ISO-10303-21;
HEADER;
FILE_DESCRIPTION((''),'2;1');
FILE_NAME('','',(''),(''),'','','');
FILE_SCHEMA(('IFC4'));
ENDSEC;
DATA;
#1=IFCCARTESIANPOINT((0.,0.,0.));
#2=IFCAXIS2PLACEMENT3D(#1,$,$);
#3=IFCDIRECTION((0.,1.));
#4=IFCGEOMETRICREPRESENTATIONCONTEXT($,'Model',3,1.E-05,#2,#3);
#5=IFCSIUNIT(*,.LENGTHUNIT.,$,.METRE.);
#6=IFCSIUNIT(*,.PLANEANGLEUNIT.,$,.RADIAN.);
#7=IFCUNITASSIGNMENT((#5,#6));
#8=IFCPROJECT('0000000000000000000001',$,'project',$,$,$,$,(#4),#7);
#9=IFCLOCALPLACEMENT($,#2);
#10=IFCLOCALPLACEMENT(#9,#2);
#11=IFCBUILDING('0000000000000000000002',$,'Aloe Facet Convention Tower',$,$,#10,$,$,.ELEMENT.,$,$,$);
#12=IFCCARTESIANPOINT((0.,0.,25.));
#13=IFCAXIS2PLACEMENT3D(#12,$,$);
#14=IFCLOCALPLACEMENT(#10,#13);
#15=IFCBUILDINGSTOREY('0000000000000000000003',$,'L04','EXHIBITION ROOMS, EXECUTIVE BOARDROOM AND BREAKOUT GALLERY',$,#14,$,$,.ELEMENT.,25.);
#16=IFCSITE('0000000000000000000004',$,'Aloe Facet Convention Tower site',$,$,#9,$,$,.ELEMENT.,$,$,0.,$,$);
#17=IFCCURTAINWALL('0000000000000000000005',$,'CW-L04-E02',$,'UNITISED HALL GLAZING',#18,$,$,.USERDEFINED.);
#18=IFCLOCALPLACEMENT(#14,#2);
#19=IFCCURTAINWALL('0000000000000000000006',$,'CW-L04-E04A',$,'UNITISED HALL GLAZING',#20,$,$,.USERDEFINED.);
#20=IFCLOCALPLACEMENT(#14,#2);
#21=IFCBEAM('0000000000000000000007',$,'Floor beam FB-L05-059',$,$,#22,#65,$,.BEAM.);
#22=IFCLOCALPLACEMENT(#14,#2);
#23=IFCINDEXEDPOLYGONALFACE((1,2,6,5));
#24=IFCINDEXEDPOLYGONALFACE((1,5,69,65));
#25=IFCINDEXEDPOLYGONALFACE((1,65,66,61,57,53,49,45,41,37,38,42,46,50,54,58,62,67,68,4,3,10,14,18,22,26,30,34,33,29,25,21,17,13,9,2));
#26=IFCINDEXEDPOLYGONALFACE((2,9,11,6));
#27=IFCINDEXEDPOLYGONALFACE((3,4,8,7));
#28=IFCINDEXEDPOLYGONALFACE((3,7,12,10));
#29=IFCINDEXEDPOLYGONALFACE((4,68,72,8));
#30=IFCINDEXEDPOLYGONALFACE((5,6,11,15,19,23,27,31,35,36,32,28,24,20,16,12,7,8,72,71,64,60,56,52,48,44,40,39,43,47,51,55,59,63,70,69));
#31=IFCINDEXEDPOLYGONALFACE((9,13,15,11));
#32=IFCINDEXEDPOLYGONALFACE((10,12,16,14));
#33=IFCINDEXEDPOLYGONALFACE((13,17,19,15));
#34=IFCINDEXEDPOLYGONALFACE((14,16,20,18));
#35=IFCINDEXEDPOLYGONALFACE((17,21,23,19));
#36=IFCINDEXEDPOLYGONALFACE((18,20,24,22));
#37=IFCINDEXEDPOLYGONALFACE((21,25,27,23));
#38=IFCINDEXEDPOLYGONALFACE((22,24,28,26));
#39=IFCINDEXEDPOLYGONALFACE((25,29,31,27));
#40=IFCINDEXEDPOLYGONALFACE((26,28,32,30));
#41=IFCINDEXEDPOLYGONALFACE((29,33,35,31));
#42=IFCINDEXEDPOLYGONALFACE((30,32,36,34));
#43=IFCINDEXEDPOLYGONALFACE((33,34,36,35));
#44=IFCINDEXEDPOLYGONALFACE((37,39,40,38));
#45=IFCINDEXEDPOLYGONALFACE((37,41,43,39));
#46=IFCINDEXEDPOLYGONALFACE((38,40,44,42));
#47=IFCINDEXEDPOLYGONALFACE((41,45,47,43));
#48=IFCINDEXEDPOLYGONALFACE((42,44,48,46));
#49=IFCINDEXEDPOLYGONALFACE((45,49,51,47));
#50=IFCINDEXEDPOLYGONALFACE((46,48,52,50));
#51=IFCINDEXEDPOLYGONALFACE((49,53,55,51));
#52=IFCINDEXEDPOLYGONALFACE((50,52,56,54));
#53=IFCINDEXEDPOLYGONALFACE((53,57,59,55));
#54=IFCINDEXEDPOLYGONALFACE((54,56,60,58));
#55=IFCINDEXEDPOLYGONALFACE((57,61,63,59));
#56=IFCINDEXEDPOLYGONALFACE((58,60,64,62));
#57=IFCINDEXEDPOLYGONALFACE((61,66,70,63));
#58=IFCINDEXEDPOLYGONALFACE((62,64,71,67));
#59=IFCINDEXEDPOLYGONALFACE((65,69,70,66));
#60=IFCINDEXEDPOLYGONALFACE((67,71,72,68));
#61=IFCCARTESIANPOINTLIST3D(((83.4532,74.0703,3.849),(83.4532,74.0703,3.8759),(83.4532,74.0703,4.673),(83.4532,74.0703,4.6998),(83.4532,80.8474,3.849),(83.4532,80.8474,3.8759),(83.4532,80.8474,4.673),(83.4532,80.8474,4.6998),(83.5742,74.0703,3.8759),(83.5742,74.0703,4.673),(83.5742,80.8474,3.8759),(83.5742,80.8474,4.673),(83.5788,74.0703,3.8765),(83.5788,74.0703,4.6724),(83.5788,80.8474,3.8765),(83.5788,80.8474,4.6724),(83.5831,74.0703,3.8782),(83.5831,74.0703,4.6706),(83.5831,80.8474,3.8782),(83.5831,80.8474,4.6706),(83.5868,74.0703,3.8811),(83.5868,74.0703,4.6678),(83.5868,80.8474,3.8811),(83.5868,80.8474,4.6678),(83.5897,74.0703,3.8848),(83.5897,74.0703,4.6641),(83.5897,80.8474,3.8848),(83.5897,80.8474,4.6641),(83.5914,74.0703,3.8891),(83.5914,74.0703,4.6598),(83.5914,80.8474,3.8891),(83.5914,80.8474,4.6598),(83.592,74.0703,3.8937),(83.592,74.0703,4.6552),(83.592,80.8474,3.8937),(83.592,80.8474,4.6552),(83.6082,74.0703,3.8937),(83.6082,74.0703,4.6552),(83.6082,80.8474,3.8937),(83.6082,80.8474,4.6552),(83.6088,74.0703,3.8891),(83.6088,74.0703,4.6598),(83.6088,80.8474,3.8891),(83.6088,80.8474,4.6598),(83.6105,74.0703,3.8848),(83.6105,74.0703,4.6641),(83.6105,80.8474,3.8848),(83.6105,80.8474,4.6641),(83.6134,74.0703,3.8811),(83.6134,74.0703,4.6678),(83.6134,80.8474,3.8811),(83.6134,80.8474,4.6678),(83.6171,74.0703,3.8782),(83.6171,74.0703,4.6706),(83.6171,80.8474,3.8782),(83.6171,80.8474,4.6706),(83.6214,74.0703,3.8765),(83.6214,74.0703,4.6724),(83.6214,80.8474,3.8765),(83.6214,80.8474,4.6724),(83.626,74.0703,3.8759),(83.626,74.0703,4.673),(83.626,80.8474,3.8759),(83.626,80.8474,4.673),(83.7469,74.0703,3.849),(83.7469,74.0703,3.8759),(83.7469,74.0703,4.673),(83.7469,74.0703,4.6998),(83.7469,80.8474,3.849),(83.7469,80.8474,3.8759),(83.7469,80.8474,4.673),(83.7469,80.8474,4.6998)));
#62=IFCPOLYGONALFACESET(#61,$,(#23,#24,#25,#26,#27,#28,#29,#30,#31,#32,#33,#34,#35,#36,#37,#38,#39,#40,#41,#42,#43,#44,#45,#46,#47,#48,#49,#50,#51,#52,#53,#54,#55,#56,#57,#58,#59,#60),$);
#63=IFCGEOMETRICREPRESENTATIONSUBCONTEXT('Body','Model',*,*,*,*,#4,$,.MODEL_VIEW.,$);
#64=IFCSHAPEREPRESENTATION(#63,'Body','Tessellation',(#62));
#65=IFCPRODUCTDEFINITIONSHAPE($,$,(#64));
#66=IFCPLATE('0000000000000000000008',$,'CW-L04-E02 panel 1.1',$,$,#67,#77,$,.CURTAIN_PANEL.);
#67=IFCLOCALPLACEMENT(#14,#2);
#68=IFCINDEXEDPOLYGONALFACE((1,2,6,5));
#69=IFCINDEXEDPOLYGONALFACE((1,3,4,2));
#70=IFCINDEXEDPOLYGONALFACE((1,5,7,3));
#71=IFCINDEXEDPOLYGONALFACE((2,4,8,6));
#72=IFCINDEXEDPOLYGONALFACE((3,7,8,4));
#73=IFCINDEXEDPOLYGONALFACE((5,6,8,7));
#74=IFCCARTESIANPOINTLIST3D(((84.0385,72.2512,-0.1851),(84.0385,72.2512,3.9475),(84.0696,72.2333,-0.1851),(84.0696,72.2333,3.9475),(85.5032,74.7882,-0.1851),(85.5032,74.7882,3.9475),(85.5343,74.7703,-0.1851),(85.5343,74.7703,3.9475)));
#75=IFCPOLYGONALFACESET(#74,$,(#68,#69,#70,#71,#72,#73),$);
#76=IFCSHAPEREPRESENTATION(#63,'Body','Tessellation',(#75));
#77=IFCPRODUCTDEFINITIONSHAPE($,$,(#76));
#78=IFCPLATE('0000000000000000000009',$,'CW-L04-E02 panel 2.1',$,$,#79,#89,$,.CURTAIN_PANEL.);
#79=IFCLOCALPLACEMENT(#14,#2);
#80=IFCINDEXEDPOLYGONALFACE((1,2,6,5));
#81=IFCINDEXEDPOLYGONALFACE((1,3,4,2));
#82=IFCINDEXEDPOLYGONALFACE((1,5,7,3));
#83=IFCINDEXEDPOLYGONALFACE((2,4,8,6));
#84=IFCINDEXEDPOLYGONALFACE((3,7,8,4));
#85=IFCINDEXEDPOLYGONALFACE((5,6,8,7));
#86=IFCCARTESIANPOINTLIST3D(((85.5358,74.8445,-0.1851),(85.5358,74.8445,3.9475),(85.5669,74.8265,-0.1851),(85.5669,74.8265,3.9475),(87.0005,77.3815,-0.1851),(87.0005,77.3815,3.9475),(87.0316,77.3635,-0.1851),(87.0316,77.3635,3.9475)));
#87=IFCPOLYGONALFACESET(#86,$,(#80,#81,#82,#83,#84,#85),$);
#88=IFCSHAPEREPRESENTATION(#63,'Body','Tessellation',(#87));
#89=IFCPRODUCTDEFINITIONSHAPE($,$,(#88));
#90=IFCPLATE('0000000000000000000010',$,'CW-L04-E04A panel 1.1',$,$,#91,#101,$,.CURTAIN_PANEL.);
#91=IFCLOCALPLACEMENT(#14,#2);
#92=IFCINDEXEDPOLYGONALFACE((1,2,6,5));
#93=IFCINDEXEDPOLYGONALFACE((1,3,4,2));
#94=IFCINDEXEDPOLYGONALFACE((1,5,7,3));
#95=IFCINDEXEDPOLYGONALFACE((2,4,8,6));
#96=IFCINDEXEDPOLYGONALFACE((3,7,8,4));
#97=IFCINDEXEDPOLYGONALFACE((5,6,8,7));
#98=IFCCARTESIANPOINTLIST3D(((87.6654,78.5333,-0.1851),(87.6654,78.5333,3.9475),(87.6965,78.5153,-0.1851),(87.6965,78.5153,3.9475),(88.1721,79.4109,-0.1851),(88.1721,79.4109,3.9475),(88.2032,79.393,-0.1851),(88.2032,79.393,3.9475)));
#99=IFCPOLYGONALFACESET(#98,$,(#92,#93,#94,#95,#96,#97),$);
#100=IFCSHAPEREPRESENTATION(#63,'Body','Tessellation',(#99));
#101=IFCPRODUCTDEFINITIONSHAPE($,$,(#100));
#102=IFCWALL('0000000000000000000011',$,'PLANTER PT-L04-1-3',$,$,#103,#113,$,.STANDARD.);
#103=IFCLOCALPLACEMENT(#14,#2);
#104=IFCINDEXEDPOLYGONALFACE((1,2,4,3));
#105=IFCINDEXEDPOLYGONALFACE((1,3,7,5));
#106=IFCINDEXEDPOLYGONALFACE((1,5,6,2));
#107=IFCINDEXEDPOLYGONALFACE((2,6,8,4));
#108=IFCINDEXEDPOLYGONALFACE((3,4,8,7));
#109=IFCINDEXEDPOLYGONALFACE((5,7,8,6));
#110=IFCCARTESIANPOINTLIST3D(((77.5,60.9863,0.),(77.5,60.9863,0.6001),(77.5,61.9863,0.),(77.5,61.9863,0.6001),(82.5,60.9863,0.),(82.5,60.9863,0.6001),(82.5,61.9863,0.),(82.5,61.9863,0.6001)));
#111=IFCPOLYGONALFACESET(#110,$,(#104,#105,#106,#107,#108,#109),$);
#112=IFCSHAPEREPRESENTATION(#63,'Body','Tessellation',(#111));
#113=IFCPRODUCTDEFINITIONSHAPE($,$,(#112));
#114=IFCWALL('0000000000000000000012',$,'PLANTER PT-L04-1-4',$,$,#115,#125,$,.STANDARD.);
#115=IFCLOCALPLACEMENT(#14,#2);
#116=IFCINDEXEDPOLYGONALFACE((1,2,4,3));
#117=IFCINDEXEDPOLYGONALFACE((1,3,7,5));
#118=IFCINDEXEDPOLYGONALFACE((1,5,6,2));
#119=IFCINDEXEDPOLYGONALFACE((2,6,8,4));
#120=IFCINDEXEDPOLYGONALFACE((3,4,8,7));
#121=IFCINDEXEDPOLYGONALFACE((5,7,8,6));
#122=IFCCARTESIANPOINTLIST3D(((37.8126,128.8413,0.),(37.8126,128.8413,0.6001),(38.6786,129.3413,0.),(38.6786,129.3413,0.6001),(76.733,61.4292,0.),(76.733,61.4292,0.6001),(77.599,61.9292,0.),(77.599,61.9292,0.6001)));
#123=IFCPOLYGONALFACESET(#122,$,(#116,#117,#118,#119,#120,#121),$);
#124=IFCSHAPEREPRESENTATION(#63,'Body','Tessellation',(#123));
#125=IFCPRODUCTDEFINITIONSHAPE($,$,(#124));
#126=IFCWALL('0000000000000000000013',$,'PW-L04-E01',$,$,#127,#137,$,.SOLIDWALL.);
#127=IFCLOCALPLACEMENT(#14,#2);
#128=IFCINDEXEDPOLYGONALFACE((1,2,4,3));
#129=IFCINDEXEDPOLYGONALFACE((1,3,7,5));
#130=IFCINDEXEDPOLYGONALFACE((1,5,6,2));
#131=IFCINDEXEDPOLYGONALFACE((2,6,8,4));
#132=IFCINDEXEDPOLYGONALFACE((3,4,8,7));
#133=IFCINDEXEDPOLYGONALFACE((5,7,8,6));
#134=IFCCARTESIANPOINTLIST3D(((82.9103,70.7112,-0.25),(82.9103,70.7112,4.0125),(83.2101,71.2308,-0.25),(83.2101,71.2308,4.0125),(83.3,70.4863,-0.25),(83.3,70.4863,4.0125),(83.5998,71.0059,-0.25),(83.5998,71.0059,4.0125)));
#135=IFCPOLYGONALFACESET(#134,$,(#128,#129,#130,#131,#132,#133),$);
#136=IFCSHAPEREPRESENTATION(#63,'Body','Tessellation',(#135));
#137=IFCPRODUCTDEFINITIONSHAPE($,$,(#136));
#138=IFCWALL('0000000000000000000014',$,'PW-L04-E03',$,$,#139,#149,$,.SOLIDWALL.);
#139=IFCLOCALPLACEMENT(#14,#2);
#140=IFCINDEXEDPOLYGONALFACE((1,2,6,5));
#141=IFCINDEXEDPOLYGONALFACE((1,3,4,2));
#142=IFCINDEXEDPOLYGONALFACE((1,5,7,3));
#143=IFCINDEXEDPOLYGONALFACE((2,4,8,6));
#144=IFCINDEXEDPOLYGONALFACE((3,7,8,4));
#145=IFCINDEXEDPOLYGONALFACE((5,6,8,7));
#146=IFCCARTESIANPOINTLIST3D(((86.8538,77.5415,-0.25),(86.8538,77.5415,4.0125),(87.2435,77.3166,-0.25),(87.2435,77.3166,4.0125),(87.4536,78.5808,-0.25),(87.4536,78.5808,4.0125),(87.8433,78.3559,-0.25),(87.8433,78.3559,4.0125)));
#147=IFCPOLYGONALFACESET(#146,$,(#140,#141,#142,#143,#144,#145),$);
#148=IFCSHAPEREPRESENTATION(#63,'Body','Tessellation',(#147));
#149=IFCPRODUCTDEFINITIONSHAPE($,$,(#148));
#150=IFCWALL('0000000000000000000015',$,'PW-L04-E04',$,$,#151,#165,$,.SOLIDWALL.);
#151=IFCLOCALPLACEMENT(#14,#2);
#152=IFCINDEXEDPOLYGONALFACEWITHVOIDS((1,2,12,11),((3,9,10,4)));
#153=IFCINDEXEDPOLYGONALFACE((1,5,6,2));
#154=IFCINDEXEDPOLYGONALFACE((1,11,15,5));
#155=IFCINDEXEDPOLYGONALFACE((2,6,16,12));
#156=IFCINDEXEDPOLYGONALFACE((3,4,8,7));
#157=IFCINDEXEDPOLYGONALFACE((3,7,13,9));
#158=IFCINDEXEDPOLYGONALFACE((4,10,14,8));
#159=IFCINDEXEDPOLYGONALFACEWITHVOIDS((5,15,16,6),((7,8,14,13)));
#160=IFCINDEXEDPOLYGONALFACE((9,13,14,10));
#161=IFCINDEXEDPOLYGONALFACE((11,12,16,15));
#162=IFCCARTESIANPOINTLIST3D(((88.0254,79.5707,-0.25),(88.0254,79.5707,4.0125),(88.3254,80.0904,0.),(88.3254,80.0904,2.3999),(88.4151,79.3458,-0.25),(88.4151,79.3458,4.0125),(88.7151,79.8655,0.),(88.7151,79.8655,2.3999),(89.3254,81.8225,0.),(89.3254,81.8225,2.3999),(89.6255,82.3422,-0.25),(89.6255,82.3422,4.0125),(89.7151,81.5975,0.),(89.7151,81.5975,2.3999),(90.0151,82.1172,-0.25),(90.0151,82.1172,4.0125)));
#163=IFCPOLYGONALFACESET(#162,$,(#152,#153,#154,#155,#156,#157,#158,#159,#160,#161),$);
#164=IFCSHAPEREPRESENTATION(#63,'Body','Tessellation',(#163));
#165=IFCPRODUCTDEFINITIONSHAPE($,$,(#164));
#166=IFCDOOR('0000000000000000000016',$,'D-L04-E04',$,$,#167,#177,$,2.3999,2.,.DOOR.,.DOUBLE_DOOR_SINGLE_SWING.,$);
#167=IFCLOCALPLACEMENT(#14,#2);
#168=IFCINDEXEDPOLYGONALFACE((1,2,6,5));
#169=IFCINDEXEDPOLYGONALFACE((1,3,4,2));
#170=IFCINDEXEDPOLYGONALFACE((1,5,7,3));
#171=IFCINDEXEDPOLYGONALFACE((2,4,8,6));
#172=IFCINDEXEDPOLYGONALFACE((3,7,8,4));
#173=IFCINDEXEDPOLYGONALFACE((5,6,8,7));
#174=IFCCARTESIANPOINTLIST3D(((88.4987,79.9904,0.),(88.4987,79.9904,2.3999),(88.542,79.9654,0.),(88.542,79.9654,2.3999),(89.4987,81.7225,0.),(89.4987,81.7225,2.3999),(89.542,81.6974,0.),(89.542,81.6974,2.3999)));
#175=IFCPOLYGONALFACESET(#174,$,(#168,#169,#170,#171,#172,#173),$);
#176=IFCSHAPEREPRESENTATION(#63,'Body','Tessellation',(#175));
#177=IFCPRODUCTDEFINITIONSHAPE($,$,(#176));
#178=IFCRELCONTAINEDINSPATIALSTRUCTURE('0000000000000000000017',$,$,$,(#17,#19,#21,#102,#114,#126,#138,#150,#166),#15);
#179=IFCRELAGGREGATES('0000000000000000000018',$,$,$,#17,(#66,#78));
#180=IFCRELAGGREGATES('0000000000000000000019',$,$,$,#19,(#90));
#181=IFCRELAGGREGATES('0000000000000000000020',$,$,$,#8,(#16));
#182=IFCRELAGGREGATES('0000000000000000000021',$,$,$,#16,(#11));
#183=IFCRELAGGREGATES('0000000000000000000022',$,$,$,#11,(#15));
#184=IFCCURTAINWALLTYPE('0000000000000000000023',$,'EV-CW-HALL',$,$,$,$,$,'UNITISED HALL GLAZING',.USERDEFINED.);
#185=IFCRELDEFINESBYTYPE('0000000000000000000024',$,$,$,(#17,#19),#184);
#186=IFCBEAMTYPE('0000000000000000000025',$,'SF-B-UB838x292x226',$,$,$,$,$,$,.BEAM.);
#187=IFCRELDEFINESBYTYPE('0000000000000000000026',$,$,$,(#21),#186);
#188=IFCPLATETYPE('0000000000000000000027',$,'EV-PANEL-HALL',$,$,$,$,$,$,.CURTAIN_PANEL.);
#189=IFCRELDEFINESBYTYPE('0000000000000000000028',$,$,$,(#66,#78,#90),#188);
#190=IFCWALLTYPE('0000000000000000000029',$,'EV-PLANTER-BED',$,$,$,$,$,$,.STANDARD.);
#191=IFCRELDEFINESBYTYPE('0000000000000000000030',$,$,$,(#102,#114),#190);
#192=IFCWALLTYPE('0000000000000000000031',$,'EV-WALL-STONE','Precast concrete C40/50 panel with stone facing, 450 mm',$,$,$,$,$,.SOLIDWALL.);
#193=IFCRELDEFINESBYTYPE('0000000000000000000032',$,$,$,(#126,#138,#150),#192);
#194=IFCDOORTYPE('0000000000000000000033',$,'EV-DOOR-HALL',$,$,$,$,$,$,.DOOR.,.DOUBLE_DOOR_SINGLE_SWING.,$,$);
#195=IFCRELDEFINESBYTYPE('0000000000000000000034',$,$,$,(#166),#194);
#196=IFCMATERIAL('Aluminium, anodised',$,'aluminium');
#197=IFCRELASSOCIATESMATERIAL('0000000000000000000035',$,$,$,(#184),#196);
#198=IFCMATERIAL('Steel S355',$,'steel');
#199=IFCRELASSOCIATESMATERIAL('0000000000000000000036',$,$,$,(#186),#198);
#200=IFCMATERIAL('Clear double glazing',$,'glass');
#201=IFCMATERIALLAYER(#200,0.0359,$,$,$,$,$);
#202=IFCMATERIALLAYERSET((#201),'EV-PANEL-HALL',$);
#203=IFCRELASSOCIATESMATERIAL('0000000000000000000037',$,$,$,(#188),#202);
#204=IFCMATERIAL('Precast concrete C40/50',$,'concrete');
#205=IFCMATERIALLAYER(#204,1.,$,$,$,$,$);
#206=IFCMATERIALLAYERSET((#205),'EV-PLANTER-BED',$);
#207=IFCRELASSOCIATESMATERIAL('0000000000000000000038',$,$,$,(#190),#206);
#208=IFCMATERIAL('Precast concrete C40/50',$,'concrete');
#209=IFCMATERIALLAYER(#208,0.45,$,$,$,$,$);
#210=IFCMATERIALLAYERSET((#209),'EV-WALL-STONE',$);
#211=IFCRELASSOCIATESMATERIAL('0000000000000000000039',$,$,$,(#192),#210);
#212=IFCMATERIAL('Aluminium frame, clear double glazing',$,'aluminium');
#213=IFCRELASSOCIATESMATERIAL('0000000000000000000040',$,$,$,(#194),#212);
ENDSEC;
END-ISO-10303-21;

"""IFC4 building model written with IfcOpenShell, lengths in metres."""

from ifc_helpers import new_model, si_unit, direction, frame, frame_2d, origin, origin_2d, place, context, subcontext, project, spatial, rectangle, i_section, extrude, material, layer, layer_set, material_profile, profile_set, type_object, element, fill, aggregate, save


model = new_model("IFC4")

# Units and contexts
model_context = context("Model", 3, precision=1e-05, world=origin(), true_north=direction((0.0, 1.0)))
body_context = subcontext(model_context, "Body", "Model", "MODEL_VIEW")
ifc_project = project(units=[si_unit("LENGTHUNIT", "METRE"), si_unit("PLANEANGLEUNIT", "RADIAN")], contexts=[model_context])

# Site, building, storey
site_placement = place(None, origin())
site = spatial("IfcSite", under=ifc_project, at=site_placement, Name="Aloe Facet Convention Tower site", CompositionType="ELEMENT", RefElevation=0.0)
building_placement = place(site_placement, origin())
building = spatial("IfcBuilding", under=site, at=building_placement, Name="Aloe Facet Convention Tower", CompositionType="ELEMENT")
storey_placement = place(building_placement, frame((0.0, 0.0, 25.0)))
storey = spatial("IfcBuildingStorey", under=building, at=storey_placement, Name="L04", Description="EXHIBITION ROOMS, EXECUTIVE BOARDROOM AND BREAKOUT GALLERY", CompositionType="ELEMENT", Elevation=25.0)

# Curtain walls
ifc_material_1 = material(Name="Aluminium, anodised", Category="aluminium")
curtain_wall_type = type_object("IfcCurtainWallType", Name="EV-CW-HALL", ElementType="UNITISED HALL GLAZING", PredefinedType="USERDEFINED", material=ifc_material_1)
curtain_wall_1_placement = place(storey_placement, origin())
curtain_wall_1 = element("IfcCurtainWall", 1, at=curtain_wall_1_placement, inside=storey, type_object=curtain_wall_type, Name="CW-L04-E02", ObjectType="UNITISED HALL GLAZING", PredefinedType="USERDEFINED")
curtain_wall_2_placement = place(storey_placement, origin())
curtain_wall_2 = element("IfcCurtainWall", 2, at=curtain_wall_2_placement, inside=storey, type_object=curtain_wall_type, Name="CW-L04-E04A", ObjectType="UNITISED HALL GLAZING", PredefinedType="USERDEFINED")

# Beam
ifc_material_2 = material(Name="Steel S355", Category="steel")
ifc_material_profile_1 = material_profile(ifc_material_2, i_section(OverallWidth=0.2937, OverallDepth=0.8508, WebThickness=0.0161, FlangeThickness=0.0269, FilletRadius=0.0178, at=origin_2d()), Name="UB 838x292x226")
ifc_profile_set_1 = profile_set([ifc_material_profile_1], Name="Steel S355")
beam_type_1 = type_object("IfcBeamType", Name="SF-B-UB838x292x226", PredefinedType="BEAM", material=ifc_profile_set_1)
beam_1_placement = place(storey_placement, frame((83.6001, 74.0703, 4.2744), z_axis=(0.0, 1.0, 0.0), x_axis=(-1.0, 0.0, 0.0)))
element("IfcBeam", 3, at=beam_1_placement, inside=storey, type_object=beam_type_1, Name="Floor beam FB-L05-059", PredefinedType="BEAM", context=body_context, shape_type="SweptSolid", body=[
    extrude(i_section(OverallWidth=0.2937, OverallDepth=0.8508, WebThickness=0.0161, FlangeThickness=0.0269, FilletRadius=0.0178, at=origin_2d()), origin(), (0.0, 0.0, 1.0), 6.7771),
])

# Plates
ifc_material_3 = material(Name="Clear double glazing", Category="glass")
ifc_layer_1 = layer(ifc_material_3, 0.0359)
ifc_layer_set_1 = layer_set([ifc_layer_1], Name="EV-PANEL-HALL")
plate_type = type_object("IfcPlateType", Name="EV-PANEL-HALL", PredefinedType="CURTAIN_PANEL", material=ifc_layer_set_1)
plate_1_placement = place(storey_placement, frame((84.7864, 73.5107, -0.1851), z_axis=(0.0, 0.0, 1.0), x_axis=(0.5, 0.866025, 0.0)))
plate_1 = element("IfcPlate", 4, at=plate_1_placement, type_object=plate_type, Name="CW-L04-E02 panel 1.1", PredefinedType="CURTAIN_PANEL", context=body_context, shape_type="SweptSolid", body=[
    extrude(rectangle(XDim=2.9294, YDim=0.0359, at=origin_2d()), origin(), (0.0, 0.0, 1.0), 4.1326),
])
plate_2_placement = place(storey_placement, frame((86.2837, 76.104, -0.1851), z_axis=(0.0, 0.0, 1.0), x_axis=(0.5, 0.866025, 0.0)))
plate_2 = element("IfcPlate", 5, at=plate_2_placement, type_object=plate_type, Name="CW-L04-E02 panel 2.1", PredefinedType="CURTAIN_PANEL", context=body_context, shape_type="SweptSolid", body=[
    extrude(rectangle(XDim=2.9294, YDim=0.0359, at=origin_2d()), origin(), (0.0, 0.0, 1.0), 4.1326),
])
aggregate(curtain_wall_1, [plate_1, plate_2])
plate_3_placement = place(storey_placement, frame((87.9343, 78.9631, -0.1851), z_axis=(0.0, 0.0, 1.0), x_axis=(0.5, 0.866025, 0.0)))
plate_3 = element("IfcPlate", 6, at=plate_3_placement, type_object=plate_type, Name="CW-L04-E04A panel 1.1", PredefinedType="CURTAIN_PANEL", context=body_context, shape_type="SweptSolid", body=[
    extrude(rectangle(XDim=1.0134, YDim=0.0359, at=origin_2d()), origin(), (0.0, 0.0, 1.0), 4.1326),
])
aggregate(curtain_wall_2, [plate_3])

# Walls
ifc_material_4 = material(Name="Precast concrete C40/50", Category="concrete")
ifc_layer_2 = layer(ifc_material_4, 1.0)
ifc_layer_set_2 = layer_set([ifc_layer_2], Name="EV-PLANTER-BED")
wall_type_1 = type_object("IfcWallType", Name="EV-PLANTER-BED", PredefinedType="STANDARD", material=ifc_layer_set_2)
wall_1_placement = place(storey_placement, frame((82.5, 61.4863, 0.0), z_axis=(0.0, 0.0, 1.0), x_axis=(-1.0, 0.0, 0.0)))
element("IfcWall", 7, at=wall_1_placement, inside=storey, type_object=wall_type_1, Name="PLANTER PT-L04-1-3", PredefinedType="STANDARD", context=body_context, shape_type="SweptSolid", body=[
    extrude(rectangle(XDim=5.0, YDim=1.0, at=frame_2d((2.5, 0.0))), origin(), (0.0, 0.0, 1.0), 0.6001),
])
wall_2_placement = place(storey_placement, frame((77.166, 61.6792, 0.0), z_axis=(0.0, 0.0, 1.0), x_axis=(-0.5, 0.866025, 0.0)))
element("IfcWall", 8, at=wall_2_placement, inside=storey, type_object=wall_type_1, Name="PLANTER PT-L04-1-4", PredefinedType="STANDARD", context=body_context, shape_type="SweptSolid", body=[
    extrude(rectangle(XDim=77.8408, YDim=1.0, at=frame_2d((38.9204, 0.0))), origin(), (0.0, 0.0, 1.0), 0.6001),
])
ifc_material_5 = material(Name="Precast concrete C40/50", Category="concrete")
ifc_layer_3 = layer(ifc_material_5, 0.45)
ifc_layer_set_3 = layer_set([ifc_layer_3], Name="EV-WALL-STONE")
wall_type_2 = type_object("IfcWallType", Name="EV-WALL-STONE", Description="Precast concrete C40/50 panel with stone facing, 450 mm", PredefinedType="SOLIDWALL", material=ifc_layer_set_3)
wall_3_placement = place(storey_placement, frame((83.1052, 70.5989, -0.25), z_axis=(0.0, 0.0, 1.0), x_axis=(0.499816, 0.866131, 0.0)))
element("IfcWall", 9, at=wall_3_placement, inside=storey, type_object=wall_type_2, Name="PW-L04-E01", PredefinedType="SOLIDWALL", context=body_context, shape_type="SweptSolid", body=[
    extrude(rectangle(XDim=0.5999, YDim=0.45, at=frame_2d((0.2998, 0.0))), origin(), (0.0, 0.0, 1.0), 4.2625),
])
wall_4_placement = place(storey_placement, frame((87.0486, 77.429, -0.25), z_axis=(0.0, 0.0, 1.0), x_axis=(0.499881, 0.866094, 0.0)))
element("IfcWall", 10, at=wall_4_placement, inside=storey, type_object=wall_type_2, Name="PW-L04-E03", PredefinedType="SOLIDWALL", context=body_context, shape_type="SweptSolid", body=[
    extrude(rectangle(XDim=1.2, YDim=0.45, at=frame_2d((0.6001, 0.0))), origin(), (0.0, 0.0, 1.0), 4.2625),
])

# Wall, opening, door
wall_5_placement = place(storey_placement, frame((88.2202, 79.4583, -0.25), z_axis=(0.0, 0.0, 1.0), x_axis=(0.499995, 0.866028, 0.0)))
wall_5 = element("IfcWall", 11, at=wall_5_placement, inside=storey, type_object=wall_type_2, Name="PW-L04-E04", PredefinedType="SOLIDWALL", context=body_context, shape_type="SweptSolid", body=[
    extrude(rectangle(XDim=3.2002, YDim=0.45, at=frame_2d((1.6001, 0.0))), origin(), (0.0, 0.0, 1.0), 4.2625),
])
opening_1_placement = place(wall_5_placement, frame((0.6001, 0.0, 0.25)))
opening_1 = element("IfcOpeningElement", 12, at=opening_1_placement, cuts=wall_5, PredefinedType="OPENING", context=body_context, shape_type="SweptSolid", body=[
    extrude(rectangle(XDim=2.0, YDim=2.3999, at=frame_2d((1.0, 1.2))), frame((0.0, 0.2349, 0.0), z_axis=(0.0, -1.0, 0.0), x_axis=(1.0, 0.0, 0.0)), (0.0, 0.0, 1.0), 0.47),
])
ifc_material_6 = material(Name="Aluminium frame, clear double glazing", Category="aluminium")
door_type_1 = type_object("IfcDoorType", Name="EV-DOOR-HALL", OperationType="DOUBLE_DOOR_SINGLE_SWING", PredefinedType="DOOR", material=ifc_material_6)
door_1_placement = place(opening_1_placement, origin())
door_1 = element("IfcDoor", 13, at=door_1_placement, inside=storey, type_object=door_type_1, Name="D-L04-E04", OperationType="DOUBLE_DOOR_SINGLE_SWING", OverallHeight=2.3999, OverallWidth=2.0, PredefinedType="DOOR", context=body_context, shape_type="SweptSolid", body=[
    extrude(rectangle(XDim=2.0, YDim=2.3999, at=frame_2d((1.0, 1.2))), frame((0.0, 0.0249, 0.0), z_axis=(0.0, -1.0, 0.0), x_axis=(1.0, 0.0, 0.0)), (0.0, 0.0, 1.0), 0.05),
])
fill(opening_1, door_1)

save(model, "model.ifc")
